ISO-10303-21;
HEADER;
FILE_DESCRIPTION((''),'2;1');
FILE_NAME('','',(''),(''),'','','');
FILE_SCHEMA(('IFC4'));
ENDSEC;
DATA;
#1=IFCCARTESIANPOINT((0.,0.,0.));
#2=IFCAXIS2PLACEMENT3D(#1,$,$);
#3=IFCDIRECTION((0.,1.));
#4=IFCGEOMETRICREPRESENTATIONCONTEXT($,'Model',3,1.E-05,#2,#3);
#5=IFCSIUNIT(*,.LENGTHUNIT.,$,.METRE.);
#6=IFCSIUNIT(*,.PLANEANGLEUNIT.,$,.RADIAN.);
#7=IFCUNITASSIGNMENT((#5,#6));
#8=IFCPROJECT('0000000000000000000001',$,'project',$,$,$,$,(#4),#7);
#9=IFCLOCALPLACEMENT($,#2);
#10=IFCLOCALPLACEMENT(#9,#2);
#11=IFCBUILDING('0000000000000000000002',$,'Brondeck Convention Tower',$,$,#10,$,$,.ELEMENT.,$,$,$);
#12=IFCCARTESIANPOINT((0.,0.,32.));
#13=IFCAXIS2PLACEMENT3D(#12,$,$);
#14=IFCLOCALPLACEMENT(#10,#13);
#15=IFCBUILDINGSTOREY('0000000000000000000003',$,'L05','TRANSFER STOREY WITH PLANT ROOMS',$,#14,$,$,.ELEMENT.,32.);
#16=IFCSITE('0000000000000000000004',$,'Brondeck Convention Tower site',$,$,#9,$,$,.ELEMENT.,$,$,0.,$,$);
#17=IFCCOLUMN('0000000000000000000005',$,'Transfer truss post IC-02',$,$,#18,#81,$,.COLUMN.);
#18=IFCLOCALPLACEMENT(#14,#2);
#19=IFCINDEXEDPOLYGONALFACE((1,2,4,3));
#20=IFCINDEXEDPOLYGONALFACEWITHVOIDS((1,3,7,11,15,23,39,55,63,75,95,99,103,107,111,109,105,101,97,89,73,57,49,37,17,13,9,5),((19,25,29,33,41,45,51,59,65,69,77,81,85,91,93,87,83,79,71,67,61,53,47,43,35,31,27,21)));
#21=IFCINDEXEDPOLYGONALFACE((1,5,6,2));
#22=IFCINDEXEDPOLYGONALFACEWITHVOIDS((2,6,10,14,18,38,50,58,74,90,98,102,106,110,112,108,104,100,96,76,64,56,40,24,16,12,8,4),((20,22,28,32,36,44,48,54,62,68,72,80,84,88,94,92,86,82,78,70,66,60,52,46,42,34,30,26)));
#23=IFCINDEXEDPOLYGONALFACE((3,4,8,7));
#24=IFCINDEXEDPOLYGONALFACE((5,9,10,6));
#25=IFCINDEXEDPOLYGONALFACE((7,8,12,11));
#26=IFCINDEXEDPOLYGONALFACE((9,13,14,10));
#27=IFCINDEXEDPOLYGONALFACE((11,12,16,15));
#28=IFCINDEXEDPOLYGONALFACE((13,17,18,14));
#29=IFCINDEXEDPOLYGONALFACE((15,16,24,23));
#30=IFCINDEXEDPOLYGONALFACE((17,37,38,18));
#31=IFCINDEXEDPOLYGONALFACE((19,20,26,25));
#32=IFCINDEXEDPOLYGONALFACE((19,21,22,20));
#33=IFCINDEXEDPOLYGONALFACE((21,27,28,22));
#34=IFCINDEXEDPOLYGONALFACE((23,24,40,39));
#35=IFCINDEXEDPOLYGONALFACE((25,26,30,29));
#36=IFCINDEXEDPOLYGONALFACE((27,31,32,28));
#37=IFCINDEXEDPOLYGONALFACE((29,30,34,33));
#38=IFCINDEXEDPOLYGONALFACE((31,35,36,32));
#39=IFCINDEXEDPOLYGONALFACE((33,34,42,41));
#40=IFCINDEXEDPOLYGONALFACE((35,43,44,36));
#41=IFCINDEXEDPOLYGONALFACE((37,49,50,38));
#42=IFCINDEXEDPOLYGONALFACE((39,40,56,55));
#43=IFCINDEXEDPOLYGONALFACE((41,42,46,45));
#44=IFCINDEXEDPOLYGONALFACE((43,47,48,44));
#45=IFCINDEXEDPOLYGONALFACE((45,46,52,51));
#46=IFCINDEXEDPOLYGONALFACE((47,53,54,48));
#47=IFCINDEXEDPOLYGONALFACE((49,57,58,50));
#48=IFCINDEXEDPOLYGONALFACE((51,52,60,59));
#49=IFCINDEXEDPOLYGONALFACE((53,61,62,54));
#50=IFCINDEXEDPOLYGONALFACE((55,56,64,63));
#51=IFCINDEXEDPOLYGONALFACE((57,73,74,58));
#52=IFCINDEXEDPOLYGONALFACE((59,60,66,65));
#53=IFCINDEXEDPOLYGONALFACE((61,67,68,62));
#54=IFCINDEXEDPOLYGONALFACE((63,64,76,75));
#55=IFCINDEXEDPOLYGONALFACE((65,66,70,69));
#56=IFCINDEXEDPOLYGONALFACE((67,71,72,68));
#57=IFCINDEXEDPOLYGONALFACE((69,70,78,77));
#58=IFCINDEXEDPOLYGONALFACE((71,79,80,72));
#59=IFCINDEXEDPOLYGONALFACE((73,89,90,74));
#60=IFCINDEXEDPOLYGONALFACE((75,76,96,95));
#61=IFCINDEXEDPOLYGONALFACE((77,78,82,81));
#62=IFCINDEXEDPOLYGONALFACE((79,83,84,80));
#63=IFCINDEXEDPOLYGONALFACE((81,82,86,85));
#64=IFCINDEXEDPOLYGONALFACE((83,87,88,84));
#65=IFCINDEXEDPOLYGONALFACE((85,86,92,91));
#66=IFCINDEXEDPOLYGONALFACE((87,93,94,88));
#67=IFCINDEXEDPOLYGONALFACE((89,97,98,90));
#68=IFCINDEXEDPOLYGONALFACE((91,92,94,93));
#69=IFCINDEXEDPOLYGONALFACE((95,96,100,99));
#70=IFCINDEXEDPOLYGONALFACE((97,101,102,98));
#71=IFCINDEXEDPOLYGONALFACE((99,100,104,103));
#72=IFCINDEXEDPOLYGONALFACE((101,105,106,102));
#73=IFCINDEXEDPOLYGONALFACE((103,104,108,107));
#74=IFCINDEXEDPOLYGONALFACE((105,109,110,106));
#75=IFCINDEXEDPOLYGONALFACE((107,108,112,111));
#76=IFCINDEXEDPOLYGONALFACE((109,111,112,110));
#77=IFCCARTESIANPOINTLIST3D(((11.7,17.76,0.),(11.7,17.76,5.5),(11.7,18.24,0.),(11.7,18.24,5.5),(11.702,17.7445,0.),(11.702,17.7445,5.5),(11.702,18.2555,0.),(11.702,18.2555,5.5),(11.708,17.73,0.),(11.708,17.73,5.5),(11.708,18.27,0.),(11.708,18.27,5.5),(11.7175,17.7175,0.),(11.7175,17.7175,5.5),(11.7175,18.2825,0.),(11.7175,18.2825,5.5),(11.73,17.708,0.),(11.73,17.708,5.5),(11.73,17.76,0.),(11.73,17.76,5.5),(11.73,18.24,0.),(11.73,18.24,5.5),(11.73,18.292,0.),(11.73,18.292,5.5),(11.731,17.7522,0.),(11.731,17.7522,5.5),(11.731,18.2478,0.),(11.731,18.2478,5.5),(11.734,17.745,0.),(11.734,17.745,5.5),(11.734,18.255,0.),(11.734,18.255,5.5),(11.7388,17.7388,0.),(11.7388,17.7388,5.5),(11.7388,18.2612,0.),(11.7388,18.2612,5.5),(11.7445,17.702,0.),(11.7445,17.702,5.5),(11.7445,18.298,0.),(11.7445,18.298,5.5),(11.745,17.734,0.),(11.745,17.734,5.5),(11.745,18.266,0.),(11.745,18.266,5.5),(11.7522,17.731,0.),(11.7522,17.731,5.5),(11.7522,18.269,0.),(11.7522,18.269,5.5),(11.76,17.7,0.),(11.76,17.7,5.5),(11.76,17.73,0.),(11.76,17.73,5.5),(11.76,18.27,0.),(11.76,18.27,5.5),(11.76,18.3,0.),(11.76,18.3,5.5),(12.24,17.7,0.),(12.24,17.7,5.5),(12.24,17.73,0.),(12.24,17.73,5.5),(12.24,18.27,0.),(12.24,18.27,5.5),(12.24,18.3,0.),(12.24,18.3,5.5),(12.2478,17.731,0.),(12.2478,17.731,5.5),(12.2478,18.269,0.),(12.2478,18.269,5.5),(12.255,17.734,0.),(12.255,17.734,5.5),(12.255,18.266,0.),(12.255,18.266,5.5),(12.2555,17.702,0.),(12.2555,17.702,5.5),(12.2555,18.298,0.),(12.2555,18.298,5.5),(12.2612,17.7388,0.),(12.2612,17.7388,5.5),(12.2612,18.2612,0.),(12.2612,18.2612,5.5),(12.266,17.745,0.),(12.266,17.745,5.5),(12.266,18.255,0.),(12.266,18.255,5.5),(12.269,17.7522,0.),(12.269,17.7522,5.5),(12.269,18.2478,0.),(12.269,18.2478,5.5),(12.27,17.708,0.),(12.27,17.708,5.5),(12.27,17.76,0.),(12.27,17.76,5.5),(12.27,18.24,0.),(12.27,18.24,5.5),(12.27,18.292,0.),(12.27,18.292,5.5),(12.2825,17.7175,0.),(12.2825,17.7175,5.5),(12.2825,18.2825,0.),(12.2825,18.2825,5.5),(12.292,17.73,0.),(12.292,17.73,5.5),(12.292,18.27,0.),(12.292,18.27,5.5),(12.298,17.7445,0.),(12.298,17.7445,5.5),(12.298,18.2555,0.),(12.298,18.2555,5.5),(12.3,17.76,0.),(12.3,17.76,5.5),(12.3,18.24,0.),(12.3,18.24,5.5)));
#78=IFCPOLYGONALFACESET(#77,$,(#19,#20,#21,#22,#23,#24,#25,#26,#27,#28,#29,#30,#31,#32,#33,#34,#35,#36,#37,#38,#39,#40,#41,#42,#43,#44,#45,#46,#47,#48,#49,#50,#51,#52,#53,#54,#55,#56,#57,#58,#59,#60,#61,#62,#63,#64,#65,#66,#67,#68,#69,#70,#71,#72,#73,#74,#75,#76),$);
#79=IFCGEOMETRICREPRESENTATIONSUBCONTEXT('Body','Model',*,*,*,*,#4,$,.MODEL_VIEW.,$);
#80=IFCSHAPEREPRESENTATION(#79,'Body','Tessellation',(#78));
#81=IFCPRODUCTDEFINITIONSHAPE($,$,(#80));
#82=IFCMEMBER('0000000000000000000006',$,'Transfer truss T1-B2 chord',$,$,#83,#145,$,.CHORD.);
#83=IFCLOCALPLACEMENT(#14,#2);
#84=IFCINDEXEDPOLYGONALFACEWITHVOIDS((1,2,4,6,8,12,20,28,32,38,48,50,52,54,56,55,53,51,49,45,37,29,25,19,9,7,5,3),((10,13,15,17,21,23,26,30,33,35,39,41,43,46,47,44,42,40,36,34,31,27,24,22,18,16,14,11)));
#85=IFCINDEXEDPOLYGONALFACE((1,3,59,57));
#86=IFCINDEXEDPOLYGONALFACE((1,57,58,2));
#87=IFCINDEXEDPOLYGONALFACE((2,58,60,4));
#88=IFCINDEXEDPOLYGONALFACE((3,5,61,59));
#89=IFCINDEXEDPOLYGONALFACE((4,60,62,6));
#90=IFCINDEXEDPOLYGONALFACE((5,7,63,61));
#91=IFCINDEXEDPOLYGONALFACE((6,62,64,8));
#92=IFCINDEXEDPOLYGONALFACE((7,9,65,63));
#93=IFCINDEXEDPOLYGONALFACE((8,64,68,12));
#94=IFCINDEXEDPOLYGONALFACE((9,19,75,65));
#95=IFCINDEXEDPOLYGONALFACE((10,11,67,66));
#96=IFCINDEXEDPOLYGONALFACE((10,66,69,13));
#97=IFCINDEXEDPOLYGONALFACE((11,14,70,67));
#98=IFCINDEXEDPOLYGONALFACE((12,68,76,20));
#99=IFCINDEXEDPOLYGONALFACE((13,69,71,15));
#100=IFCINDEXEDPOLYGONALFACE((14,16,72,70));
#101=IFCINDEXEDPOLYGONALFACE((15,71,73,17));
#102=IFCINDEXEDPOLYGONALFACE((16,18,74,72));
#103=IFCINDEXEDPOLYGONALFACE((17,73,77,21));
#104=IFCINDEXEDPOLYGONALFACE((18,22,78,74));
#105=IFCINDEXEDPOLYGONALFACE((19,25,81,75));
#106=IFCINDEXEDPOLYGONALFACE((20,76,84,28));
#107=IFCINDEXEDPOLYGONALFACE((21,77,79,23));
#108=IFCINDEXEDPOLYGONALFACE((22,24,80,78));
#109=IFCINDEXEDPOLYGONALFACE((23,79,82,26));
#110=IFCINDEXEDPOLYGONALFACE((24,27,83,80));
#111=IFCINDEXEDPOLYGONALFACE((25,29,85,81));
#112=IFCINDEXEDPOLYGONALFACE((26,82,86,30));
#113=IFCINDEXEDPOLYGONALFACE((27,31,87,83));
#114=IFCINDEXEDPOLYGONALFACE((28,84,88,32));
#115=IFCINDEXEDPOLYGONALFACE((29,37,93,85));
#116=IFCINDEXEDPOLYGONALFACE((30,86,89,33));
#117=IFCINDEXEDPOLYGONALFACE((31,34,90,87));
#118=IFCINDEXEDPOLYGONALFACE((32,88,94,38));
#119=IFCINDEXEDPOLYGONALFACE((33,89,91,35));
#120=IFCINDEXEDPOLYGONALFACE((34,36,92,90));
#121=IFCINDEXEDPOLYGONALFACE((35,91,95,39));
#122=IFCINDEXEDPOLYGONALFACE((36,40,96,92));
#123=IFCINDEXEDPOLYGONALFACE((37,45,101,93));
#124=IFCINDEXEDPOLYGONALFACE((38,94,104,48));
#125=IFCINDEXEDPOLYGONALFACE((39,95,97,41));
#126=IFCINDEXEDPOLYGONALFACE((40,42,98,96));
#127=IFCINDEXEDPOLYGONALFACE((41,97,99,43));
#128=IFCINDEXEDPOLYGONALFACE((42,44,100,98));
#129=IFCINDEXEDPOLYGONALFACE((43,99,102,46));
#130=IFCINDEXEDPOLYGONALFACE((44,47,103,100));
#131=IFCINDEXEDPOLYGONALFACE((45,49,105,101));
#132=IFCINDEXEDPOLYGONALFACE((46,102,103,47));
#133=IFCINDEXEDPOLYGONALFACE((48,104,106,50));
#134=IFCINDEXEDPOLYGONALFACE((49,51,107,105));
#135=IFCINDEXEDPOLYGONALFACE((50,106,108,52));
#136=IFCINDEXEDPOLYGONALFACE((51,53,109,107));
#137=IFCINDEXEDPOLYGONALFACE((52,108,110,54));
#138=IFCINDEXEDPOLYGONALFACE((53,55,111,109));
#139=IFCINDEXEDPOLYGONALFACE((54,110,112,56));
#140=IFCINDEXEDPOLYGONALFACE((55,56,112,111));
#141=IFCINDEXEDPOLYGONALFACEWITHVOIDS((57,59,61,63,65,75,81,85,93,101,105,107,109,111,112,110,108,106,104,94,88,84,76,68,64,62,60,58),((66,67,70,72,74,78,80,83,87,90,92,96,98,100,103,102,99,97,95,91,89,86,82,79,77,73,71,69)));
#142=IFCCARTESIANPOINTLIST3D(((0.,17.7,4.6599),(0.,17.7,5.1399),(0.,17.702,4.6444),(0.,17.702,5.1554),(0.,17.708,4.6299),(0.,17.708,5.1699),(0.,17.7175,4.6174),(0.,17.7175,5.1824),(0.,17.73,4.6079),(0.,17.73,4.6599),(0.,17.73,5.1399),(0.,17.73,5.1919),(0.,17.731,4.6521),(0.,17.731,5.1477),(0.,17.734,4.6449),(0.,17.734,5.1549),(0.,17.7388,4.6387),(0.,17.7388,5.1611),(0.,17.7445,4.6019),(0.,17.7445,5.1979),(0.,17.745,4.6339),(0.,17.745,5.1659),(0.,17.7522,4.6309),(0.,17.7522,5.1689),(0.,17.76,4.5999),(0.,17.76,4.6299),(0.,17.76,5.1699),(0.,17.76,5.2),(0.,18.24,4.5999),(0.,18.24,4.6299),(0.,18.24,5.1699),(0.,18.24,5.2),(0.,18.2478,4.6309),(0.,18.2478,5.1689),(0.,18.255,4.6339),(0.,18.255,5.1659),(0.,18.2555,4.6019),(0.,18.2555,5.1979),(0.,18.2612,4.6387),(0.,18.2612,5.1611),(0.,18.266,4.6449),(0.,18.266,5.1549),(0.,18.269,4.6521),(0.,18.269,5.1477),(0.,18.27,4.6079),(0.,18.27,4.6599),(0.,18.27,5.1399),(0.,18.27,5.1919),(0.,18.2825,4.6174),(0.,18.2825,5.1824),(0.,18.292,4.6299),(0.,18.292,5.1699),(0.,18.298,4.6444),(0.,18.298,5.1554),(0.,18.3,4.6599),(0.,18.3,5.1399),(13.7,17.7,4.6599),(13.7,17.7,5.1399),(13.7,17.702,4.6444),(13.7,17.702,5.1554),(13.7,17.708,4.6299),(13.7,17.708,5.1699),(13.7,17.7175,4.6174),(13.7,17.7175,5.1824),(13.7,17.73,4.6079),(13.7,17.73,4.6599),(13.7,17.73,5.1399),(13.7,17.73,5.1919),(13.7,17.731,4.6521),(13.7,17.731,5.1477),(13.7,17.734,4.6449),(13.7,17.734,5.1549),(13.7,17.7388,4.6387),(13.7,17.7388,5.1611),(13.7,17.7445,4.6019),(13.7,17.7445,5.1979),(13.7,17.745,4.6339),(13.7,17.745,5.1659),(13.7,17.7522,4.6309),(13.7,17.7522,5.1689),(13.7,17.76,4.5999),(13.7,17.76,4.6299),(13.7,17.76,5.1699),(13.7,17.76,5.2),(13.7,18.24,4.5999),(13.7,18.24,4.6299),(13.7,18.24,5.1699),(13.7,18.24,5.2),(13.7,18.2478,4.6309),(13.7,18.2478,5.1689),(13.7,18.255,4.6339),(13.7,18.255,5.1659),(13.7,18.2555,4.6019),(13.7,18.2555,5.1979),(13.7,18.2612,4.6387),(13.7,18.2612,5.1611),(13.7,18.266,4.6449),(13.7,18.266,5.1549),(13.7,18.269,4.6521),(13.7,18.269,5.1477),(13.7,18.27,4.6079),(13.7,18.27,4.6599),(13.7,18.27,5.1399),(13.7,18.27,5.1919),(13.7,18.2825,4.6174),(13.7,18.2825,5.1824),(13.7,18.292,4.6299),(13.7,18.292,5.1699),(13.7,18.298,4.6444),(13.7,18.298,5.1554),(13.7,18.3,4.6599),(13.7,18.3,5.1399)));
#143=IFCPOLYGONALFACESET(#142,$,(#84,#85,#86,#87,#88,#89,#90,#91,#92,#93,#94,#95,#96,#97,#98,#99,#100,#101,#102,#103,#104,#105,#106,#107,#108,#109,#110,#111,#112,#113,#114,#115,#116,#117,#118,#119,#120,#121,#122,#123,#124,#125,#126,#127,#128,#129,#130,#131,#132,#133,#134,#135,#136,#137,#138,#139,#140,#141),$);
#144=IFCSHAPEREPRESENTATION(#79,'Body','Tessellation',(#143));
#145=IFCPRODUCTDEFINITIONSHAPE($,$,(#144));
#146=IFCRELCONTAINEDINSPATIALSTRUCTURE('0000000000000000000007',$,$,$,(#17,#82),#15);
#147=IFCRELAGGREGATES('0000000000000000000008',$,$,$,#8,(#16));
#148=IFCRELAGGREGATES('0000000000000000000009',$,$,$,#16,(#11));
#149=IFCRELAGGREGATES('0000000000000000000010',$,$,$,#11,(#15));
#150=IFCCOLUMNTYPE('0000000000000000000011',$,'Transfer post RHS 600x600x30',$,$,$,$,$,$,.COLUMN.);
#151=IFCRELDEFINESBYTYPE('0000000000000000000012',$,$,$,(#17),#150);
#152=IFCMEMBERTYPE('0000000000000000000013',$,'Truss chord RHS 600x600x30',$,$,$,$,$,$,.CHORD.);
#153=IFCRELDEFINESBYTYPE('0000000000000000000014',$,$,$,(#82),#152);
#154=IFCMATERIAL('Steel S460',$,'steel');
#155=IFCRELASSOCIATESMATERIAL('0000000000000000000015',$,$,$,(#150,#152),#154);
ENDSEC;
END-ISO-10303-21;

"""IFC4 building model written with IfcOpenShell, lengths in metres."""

from ifc_helpers import new_model, si_unit, direction, frame, origin, origin_2d, place, context, subcontext, project, spatial, hollow_rectangle, extrude, material, material_profile, profile_set, type_object, element, save


model = new_model("IFC4")

# Units and contexts
model_context = context("Model", 3, precision=1e-05, world=origin(), true_north=direction((0.0, 1.0)))
body_context = subcontext(model_context, "Body", "Model", "MODEL_VIEW")
ifc_project = project(units=[si_unit("LENGTHUNIT", "METRE"), si_unit("PLANEANGLEUNIT", "RADIAN")], contexts=[model_context])

# Site, building, storey
site_placement = place(None, origin())
site = spatial("IfcSite", under=ifc_project, at=site_placement, Name="Brondeck Convention Tower site", CompositionType="ELEMENT", RefElevation=0.0)
building_placement = place(site_placement, origin())
building = spatial("IfcBuilding", under=site, at=building_placement, Name="Brondeck Convention Tower", CompositionType="ELEMENT")
storey_placement = place(building_placement, frame((0.0, 0.0, 32.0)))
storey = spatial("IfcBuildingStorey", under=building, at=storey_placement, Name="L05", Description="TRANSFER STOREY WITH PLANT ROOMS", CompositionType="ELEMENT", Elevation=32.0)

# Column
ifc_material_1 = material(Name="Steel S460", Category="steel")
ifc_material_profile_1 = material_profile(ifc_material_1, hollow_rectangle(XDim=0.6001, YDim=0.6001, WallThickness=0.03, InnerFilletRadius=0.03, OuterFilletRadius=0.0601, at=origin_2d()), Name="RHS 600x600x30")
ifc_profile_set_1 = profile_set([ifc_material_profile_1], Name="Steel S460")
column_type = type_object("IfcColumnType", Name="Transfer post RHS 600x600x30", PredefinedType="COLUMN", material=ifc_profile_set_1)
column_placement = place(storey_placement, frame((12.0, 18.0, 0.0), z_axis=(0.0, 0.0, 1.0), x_axis=(1.0, 0.0, 0.0)))
element("IfcColumn", 1, at=column_placement, inside=storey, type_object=column_type, Name="Transfer truss post IC-02", PredefinedType="COLUMN", context=body_context, shape_type="SweptSolid", body=[
    extrude(hollow_rectangle(XDim=0.6001, YDim=0.6001, WallThickness=0.03, InnerFilletRadius=0.03, OuterFilletRadius=0.0601, at=origin_2d()), origin(), (0.0, 0.0, 1.0), 5.5),
])

# Member
ifc_material_profile_2 = material_profile(ifc_material_1, hollow_rectangle(XDim=0.6001, YDim=0.6001, WallThickness=0.03, InnerFilletRadius=0.03, OuterFilletRadius=0.0601, at=origin_2d()), Name="RHS 600x600x30")
ifc_profile_set_2 = profile_set([ifc_material_profile_2], Name="Steel S460")
member_type_1 = type_object("IfcMemberType", Name="Truss chord RHS 600x600x30", PredefinedType="CHORD", material=ifc_profile_set_2)
member_1_placement = place(storey_placement, frame((13.7, 18.0, 4.8999), z_axis=(-1.0, 0.0, 0.0), x_axis=(0.0, -1.0, 0.0)))
element("IfcMember", 2, at=member_1_placement, inside=storey, type_object=member_type_1, Name="Transfer truss T1-B2 chord", PredefinedType="CHORD", context=body_context, shape_type="SweptSolid", body=[
    extrude(hollow_rectangle(XDim=0.6001, YDim=0.6001, WallThickness=0.03, InnerFilletRadius=0.03, OuterFilletRadius=0.0601, at=origin_2d()), origin(), (0.0, 0.0, 1.0), 13.7),
])

save(model, "model.ifc")
